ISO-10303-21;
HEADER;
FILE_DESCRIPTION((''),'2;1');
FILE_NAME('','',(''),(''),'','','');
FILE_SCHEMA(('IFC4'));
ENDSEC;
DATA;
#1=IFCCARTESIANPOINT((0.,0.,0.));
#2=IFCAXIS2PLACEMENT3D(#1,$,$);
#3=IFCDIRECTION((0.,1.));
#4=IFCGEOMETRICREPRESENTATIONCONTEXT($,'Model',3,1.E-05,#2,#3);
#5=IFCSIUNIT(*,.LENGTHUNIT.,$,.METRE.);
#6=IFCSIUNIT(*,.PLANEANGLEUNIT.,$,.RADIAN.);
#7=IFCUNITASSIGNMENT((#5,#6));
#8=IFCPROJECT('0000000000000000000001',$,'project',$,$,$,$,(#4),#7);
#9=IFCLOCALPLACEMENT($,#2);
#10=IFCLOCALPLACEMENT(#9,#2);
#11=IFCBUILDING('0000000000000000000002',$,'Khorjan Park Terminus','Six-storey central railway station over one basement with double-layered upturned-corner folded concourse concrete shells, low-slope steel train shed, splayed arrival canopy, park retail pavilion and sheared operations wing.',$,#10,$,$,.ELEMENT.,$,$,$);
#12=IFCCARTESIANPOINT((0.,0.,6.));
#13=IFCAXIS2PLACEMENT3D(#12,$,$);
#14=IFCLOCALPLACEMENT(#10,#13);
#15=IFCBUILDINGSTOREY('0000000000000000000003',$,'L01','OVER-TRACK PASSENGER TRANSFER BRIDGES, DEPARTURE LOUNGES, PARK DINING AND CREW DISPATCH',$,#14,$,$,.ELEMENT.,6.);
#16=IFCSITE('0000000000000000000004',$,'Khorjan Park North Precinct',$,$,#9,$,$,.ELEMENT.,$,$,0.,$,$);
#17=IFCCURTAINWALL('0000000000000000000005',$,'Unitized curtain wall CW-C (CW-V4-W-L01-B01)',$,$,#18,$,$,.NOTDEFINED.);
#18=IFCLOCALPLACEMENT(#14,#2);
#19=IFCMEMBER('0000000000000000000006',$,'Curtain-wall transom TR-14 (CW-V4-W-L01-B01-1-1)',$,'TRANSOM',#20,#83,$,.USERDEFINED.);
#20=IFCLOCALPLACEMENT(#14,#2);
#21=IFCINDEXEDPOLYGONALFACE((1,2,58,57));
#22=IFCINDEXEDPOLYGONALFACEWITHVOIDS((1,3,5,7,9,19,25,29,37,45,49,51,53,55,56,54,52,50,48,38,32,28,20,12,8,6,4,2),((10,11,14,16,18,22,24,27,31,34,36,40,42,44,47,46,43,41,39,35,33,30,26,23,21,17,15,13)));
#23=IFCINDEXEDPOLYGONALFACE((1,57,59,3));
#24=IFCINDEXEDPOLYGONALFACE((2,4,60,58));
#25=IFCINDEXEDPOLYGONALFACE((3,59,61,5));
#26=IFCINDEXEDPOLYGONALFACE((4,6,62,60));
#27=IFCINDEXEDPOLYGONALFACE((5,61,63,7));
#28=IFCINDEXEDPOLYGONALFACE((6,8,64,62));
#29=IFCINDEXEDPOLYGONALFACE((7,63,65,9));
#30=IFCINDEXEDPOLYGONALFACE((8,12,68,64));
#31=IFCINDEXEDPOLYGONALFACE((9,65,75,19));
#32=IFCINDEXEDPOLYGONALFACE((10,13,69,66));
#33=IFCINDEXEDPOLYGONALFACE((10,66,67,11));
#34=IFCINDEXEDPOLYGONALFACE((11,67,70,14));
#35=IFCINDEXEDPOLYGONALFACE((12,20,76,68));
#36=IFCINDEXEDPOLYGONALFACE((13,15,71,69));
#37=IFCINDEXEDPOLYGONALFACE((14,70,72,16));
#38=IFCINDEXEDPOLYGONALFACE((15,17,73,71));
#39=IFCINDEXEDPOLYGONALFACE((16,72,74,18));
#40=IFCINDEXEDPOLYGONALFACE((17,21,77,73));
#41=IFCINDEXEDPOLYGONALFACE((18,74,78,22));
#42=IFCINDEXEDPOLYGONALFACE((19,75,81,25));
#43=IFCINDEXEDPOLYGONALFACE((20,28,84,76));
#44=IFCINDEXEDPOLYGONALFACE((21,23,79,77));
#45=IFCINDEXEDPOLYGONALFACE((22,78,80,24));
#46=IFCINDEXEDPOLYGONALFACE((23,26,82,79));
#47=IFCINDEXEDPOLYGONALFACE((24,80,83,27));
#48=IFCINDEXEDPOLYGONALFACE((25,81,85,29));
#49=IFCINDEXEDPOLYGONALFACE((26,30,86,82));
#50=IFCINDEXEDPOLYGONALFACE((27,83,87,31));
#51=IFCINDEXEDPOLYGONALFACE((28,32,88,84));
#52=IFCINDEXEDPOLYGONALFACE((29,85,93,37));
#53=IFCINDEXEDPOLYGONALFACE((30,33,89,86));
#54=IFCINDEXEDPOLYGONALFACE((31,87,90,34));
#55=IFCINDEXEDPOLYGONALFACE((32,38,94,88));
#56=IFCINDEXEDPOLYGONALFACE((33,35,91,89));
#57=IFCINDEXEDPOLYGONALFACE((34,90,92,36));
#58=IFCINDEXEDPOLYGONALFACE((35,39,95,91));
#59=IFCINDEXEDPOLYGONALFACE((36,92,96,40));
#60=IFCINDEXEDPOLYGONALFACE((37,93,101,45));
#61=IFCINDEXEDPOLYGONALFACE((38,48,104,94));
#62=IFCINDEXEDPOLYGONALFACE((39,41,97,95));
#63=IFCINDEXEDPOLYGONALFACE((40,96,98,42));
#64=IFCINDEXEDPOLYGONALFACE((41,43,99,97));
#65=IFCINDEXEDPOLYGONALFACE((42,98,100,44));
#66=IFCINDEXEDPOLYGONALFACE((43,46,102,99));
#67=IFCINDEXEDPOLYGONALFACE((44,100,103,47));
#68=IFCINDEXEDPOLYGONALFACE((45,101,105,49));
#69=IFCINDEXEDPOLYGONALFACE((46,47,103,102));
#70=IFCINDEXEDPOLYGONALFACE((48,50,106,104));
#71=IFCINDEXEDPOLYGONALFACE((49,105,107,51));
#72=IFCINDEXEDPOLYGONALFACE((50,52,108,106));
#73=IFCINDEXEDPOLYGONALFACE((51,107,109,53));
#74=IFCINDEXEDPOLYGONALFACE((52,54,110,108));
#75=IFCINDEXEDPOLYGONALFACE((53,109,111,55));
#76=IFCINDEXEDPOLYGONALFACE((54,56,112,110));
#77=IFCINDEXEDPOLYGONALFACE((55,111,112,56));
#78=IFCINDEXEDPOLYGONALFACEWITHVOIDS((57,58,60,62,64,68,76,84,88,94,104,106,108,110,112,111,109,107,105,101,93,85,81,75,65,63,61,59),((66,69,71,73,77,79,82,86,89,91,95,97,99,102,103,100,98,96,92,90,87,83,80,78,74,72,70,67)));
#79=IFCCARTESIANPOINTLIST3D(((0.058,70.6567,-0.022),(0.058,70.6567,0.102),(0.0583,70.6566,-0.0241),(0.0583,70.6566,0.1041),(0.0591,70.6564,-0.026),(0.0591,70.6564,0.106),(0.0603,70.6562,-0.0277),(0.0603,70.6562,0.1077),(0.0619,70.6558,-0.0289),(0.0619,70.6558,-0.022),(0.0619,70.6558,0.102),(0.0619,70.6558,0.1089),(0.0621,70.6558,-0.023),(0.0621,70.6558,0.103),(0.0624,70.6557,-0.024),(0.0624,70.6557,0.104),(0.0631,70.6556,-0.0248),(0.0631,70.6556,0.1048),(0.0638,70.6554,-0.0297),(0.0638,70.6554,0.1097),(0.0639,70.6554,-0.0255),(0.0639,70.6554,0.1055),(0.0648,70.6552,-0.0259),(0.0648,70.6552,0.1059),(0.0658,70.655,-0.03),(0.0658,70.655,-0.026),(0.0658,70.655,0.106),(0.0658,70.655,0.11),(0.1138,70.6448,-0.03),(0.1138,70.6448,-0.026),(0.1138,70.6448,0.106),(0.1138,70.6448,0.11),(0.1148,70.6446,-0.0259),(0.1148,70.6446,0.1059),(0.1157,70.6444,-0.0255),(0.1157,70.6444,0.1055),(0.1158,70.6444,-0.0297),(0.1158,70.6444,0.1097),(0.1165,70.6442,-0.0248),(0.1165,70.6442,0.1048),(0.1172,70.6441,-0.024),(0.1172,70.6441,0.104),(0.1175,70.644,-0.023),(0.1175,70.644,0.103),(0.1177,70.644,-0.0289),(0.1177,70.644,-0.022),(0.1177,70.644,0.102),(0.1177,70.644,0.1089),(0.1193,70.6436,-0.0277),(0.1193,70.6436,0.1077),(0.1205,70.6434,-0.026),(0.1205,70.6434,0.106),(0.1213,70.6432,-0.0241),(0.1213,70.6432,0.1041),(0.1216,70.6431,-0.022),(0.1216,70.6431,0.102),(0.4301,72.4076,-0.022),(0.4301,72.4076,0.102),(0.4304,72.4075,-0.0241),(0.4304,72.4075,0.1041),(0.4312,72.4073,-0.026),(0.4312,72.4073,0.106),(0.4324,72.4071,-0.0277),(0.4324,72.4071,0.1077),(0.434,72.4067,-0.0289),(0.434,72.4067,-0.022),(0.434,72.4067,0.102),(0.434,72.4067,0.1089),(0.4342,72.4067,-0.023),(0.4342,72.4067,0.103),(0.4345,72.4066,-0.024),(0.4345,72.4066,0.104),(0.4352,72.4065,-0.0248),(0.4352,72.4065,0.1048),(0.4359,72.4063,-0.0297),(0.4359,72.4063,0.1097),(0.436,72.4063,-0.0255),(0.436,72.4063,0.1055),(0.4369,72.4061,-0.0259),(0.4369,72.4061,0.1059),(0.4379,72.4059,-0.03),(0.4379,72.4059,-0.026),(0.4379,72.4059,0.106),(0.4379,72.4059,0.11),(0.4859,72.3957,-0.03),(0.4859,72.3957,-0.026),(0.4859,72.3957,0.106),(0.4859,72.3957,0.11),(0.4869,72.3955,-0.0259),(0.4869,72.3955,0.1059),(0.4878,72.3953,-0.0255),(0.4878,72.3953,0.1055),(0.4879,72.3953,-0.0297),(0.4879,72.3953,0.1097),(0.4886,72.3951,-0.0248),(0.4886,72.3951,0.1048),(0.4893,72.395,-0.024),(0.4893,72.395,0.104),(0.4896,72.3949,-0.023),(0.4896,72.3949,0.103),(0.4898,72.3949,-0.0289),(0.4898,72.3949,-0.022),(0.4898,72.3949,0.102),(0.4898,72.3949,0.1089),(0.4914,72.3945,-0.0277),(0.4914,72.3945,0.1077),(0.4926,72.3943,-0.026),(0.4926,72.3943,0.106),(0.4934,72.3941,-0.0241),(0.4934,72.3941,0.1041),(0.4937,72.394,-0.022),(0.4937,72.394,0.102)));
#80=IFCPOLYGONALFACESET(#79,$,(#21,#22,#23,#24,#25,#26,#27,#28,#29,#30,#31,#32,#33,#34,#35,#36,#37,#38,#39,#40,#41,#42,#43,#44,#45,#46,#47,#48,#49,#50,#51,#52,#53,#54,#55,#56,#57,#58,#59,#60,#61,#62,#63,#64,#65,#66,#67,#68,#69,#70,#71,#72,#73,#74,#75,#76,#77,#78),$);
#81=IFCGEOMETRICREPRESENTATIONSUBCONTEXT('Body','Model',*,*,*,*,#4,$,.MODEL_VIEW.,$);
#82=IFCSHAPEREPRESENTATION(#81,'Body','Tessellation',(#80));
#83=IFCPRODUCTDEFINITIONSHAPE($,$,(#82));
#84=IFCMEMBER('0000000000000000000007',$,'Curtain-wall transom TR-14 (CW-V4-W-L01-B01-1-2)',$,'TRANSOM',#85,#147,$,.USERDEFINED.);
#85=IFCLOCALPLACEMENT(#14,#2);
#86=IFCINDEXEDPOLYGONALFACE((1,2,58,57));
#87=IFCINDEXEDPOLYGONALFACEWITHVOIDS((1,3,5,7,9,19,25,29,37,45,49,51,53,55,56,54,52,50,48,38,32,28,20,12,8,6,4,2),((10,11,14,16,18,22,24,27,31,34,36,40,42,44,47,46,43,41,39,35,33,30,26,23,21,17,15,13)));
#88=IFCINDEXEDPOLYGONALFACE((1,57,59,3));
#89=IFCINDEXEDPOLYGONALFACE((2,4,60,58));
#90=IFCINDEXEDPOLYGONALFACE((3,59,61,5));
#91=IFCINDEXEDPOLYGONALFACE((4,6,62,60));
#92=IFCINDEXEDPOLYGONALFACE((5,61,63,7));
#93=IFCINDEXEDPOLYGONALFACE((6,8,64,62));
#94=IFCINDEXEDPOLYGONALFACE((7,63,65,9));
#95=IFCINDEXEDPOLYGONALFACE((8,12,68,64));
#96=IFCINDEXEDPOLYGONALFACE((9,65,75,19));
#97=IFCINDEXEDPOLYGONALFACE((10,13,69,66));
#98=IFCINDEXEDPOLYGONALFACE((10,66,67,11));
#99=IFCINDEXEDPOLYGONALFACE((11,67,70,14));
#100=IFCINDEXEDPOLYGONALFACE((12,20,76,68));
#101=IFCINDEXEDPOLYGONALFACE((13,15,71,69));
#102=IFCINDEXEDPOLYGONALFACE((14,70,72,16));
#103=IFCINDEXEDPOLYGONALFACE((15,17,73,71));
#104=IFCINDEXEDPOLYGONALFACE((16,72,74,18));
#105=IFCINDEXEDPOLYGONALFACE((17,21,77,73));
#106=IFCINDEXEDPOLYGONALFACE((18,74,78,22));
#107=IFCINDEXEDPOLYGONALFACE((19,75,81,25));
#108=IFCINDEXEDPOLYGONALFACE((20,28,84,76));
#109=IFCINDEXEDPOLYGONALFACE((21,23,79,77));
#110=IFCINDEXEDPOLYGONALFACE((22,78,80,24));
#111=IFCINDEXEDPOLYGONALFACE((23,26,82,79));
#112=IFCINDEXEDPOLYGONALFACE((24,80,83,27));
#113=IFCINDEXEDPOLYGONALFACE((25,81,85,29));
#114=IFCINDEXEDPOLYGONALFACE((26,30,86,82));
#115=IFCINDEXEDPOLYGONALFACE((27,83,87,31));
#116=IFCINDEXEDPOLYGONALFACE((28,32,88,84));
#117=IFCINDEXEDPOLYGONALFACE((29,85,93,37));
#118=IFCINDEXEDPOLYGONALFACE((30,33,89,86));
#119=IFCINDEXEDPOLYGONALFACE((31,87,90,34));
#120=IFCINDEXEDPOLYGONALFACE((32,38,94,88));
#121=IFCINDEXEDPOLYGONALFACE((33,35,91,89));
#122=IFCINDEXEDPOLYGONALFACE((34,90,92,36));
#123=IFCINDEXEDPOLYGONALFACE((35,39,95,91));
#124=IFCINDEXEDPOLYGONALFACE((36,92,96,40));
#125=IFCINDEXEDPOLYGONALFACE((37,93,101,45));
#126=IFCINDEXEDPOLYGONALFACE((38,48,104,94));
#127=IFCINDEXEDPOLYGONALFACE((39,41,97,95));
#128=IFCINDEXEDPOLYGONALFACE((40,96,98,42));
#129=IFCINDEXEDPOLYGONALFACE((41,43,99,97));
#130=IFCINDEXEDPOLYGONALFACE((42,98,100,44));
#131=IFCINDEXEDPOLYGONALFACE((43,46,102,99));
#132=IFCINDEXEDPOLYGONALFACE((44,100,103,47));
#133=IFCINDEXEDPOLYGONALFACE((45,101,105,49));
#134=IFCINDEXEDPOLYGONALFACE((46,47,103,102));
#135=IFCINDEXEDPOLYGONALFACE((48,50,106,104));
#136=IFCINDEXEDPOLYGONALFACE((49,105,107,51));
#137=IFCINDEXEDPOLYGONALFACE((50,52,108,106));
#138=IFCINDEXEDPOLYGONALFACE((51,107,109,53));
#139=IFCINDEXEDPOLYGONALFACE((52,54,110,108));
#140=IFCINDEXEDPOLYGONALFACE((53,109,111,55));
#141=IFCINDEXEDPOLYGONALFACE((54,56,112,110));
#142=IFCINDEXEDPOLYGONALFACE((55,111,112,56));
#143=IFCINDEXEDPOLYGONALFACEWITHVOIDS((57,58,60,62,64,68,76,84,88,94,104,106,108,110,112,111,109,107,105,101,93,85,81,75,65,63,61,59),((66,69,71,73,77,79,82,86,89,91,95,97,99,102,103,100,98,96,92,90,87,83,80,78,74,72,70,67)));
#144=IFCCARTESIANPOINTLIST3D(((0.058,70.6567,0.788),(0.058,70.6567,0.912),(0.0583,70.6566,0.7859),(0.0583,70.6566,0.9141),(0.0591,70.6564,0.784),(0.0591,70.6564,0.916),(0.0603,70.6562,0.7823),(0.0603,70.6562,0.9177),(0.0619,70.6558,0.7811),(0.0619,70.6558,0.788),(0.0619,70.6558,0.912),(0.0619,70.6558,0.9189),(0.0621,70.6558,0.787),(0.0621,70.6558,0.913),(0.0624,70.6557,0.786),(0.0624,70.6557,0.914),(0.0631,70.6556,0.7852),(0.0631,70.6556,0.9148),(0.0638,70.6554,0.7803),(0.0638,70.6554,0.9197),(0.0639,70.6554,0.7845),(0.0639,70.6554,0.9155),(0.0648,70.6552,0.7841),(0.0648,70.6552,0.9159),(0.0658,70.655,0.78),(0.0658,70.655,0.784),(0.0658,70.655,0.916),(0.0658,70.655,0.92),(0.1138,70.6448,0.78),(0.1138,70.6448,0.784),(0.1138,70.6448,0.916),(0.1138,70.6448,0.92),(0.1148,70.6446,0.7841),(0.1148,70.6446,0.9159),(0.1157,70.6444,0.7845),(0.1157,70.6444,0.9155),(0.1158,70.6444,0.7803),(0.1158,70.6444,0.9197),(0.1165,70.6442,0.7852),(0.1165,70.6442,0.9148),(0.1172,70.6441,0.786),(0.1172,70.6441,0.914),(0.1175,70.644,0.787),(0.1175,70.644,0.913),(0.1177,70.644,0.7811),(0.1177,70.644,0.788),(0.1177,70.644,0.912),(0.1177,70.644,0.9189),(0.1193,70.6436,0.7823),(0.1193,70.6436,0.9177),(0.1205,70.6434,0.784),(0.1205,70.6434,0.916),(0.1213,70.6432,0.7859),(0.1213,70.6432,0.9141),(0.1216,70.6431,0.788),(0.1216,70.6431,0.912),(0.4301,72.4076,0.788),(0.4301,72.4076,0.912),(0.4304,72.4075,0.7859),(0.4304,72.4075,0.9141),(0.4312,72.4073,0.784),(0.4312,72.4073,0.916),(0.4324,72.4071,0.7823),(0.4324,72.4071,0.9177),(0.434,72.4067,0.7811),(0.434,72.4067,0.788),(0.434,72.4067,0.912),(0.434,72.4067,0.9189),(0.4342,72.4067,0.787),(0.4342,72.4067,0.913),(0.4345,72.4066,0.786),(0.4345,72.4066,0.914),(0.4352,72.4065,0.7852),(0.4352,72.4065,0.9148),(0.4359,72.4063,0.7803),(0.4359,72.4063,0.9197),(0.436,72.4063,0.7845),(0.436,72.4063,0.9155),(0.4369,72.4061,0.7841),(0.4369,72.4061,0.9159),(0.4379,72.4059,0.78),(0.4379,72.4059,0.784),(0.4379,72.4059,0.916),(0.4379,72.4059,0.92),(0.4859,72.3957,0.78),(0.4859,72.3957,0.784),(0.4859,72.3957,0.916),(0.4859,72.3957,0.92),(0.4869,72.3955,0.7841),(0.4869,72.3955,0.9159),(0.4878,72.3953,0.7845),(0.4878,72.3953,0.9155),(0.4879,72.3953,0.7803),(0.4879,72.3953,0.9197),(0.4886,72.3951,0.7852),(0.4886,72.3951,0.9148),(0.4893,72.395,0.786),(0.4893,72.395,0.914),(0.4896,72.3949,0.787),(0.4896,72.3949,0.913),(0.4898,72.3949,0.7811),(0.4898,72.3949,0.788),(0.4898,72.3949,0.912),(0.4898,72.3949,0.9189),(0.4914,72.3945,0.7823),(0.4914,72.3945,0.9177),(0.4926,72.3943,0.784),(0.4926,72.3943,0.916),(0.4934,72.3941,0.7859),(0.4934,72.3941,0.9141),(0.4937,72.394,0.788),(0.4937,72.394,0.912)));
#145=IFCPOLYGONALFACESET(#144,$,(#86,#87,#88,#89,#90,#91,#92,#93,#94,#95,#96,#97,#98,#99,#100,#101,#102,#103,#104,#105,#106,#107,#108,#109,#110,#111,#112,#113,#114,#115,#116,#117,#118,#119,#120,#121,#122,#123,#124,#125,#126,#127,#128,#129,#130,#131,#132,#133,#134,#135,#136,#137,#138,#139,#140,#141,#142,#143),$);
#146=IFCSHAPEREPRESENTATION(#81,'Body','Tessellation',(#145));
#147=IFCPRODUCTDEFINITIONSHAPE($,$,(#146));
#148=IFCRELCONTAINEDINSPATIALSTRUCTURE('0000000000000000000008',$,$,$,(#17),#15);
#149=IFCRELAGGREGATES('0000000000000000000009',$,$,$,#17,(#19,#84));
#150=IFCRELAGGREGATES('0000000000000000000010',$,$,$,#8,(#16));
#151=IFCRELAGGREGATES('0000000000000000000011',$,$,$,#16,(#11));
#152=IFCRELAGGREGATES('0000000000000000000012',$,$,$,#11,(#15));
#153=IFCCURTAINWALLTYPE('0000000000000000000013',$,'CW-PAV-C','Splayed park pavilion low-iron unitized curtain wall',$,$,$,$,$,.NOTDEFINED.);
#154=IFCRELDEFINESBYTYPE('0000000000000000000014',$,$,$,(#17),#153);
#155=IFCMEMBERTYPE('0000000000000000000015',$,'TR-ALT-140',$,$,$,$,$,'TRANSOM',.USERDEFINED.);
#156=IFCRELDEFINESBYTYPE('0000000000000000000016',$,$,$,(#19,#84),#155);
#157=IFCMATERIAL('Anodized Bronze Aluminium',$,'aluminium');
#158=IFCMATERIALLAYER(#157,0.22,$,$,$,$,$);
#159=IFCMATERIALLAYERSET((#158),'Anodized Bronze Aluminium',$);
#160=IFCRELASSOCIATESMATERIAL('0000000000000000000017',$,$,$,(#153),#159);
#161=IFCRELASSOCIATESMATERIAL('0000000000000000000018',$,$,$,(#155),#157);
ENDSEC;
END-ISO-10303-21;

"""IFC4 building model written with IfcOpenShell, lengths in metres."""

from ifc_helpers import new_model, si_unit, direction, frame, origin, origin_2d, place, context, subcontext, project, spatial, hollow_rectangle, extrude, material, layer, layer_set, material_profile, profile_set, type_object, element, aggregate, save


model = new_model("IFC4")

# Units and contexts
model_context = context("Model", 3, precision=1e-05, world=origin(), true_north=direction((0.0, 1.0)))
body_context = subcontext(model_context, "Body", "Model", "MODEL_VIEW")
ifc_project = project(units=[si_unit("LENGTHUNIT", "METRE"), si_unit("PLANEANGLEUNIT", "RADIAN")], contexts=[model_context])

# Site, building, storey
site_placement = place(None, origin())
site = spatial("IfcSite", under=ifc_project, at=site_placement, Name="Khorjan Park North Precinct", CompositionType="ELEMENT", RefElevation=0.0)
building_placement = place(site_placement, origin())
building = spatial("IfcBuilding", under=site, at=building_placement, Name="Khorjan Park Terminus", Description="Six-storey central railway station over one basement with double-layered upturned-corner folded concourse concrete shells, low-slope steel train shed, splayed arrival canopy, park retail pavilion and sheared operations wing.", CompositionType="ELEMENT")
storey_placement = place(building_placement, frame((0.0, 0.0, 6.0)))
storey = spatial("IfcBuildingStorey", under=building, at=storey_placement, Name="L01", Description="OVER-TRACK PASSENGER TRANSFER BRIDGES, DEPARTURE LOUNGES, PARK DINING AND CREW DISPATCH", CompositionType="ELEMENT", Elevation=6.0)

# Shared definitions
ifc_material_1 = material(Name="Anodized Bronze Aluminium", Category="aluminium")
ifc_layer_1 = layer(ifc_material_1, 0.22)
ifc_layer_set_1 = layer_set([ifc_layer_1], Name="Anodized Bronze Aluminium")
curtain_wall_type = type_object("IfcCurtainWallType", Name="CW-PAV-C", Description="Splayed park pavilion low-iron unitized curtain wall", PredefinedType="NOTDEFINED", material=ifc_layer_set_1)

# Curtain wall
curtain_wall_1_placement = place(storey_placement, origin())
curtain_wall_1 = element("IfcCurtainWall", 1, at=curtain_wall_1_placement, inside=storey, type_object=curtain_wall_type, Name="Unitized curtain wall CW-C (CW-V4-W-L01-B01)", PredefinedType="NOTDEFINED")

# Members
ifc_material_profile_1 = material_profile(ifc_material_1, hollow_rectangle(XDim=0.065, YDim=0.14, WallThickness=0.004, InnerFilletRadius=0.004, OuterFilletRadius=0.008, at=origin_2d()), Name="ALT 65x140x4")
ifc_profile_set_1 = profile_set([ifc_material_profile_1], Name="Anodized Bronze Aluminium")
member_type_1 = type_object("IfcMemberType", Name="TR-ALT-140", ElementType="TRANSOM", PredefinedType="USERDEFINED", material=ifc_profile_set_1)
member_1_placement = place(storey_placement, frame((0.4619, 72.4008, 0.04), z_axis=(-0.207877, -0.978155, 0.0), x_axis=(0.978155, -0.207877, 0.0)))
member_1 = element("IfcMember", 2, at=member_1_placement, type_object=member_type_1, Name="Curtain-wall transom TR-14 (CW-V4-W-L01-B01-1-1)", ObjectType="TRANSOM", PredefinedType="USERDEFINED", context=body_context, shape_type="SweptSolid", body=[
    extrude(hollow_rectangle(XDim=0.065, YDim=0.14, WallThickness=0.004, InnerFilletRadius=0.004, OuterFilletRadius=0.008, at=origin_2d()), origin(), (0.0, 0.0, 1.0), 1.79),
])
member_2_placement = place(storey_placement, frame((0.4619, 72.4008, 0.85), z_axis=(-0.207877, -0.978155, 0.0), x_axis=(0.978155, -0.207877, 0.0)))
member_2 = element("IfcMember", 3, at=member_2_placement, type_object=member_type_1, Name="Curtain-wall transom TR-14 (CW-V4-W-L01-B01-1-2)", ObjectType="TRANSOM", PredefinedType="USERDEFINED", context=body_context, shape_type="SweptSolid", body=[
    extrude(hollow_rectangle(XDim=0.065, YDim=0.14, WallThickness=0.004, InnerFilletRadius=0.004, OuterFilletRadius=0.008, at=origin_2d()), origin(), (0.0, 0.0, 1.0), 1.79),
])

aggregate(curtain_wall_1, [member_1, member_2])

save(model, "model.ifc")
